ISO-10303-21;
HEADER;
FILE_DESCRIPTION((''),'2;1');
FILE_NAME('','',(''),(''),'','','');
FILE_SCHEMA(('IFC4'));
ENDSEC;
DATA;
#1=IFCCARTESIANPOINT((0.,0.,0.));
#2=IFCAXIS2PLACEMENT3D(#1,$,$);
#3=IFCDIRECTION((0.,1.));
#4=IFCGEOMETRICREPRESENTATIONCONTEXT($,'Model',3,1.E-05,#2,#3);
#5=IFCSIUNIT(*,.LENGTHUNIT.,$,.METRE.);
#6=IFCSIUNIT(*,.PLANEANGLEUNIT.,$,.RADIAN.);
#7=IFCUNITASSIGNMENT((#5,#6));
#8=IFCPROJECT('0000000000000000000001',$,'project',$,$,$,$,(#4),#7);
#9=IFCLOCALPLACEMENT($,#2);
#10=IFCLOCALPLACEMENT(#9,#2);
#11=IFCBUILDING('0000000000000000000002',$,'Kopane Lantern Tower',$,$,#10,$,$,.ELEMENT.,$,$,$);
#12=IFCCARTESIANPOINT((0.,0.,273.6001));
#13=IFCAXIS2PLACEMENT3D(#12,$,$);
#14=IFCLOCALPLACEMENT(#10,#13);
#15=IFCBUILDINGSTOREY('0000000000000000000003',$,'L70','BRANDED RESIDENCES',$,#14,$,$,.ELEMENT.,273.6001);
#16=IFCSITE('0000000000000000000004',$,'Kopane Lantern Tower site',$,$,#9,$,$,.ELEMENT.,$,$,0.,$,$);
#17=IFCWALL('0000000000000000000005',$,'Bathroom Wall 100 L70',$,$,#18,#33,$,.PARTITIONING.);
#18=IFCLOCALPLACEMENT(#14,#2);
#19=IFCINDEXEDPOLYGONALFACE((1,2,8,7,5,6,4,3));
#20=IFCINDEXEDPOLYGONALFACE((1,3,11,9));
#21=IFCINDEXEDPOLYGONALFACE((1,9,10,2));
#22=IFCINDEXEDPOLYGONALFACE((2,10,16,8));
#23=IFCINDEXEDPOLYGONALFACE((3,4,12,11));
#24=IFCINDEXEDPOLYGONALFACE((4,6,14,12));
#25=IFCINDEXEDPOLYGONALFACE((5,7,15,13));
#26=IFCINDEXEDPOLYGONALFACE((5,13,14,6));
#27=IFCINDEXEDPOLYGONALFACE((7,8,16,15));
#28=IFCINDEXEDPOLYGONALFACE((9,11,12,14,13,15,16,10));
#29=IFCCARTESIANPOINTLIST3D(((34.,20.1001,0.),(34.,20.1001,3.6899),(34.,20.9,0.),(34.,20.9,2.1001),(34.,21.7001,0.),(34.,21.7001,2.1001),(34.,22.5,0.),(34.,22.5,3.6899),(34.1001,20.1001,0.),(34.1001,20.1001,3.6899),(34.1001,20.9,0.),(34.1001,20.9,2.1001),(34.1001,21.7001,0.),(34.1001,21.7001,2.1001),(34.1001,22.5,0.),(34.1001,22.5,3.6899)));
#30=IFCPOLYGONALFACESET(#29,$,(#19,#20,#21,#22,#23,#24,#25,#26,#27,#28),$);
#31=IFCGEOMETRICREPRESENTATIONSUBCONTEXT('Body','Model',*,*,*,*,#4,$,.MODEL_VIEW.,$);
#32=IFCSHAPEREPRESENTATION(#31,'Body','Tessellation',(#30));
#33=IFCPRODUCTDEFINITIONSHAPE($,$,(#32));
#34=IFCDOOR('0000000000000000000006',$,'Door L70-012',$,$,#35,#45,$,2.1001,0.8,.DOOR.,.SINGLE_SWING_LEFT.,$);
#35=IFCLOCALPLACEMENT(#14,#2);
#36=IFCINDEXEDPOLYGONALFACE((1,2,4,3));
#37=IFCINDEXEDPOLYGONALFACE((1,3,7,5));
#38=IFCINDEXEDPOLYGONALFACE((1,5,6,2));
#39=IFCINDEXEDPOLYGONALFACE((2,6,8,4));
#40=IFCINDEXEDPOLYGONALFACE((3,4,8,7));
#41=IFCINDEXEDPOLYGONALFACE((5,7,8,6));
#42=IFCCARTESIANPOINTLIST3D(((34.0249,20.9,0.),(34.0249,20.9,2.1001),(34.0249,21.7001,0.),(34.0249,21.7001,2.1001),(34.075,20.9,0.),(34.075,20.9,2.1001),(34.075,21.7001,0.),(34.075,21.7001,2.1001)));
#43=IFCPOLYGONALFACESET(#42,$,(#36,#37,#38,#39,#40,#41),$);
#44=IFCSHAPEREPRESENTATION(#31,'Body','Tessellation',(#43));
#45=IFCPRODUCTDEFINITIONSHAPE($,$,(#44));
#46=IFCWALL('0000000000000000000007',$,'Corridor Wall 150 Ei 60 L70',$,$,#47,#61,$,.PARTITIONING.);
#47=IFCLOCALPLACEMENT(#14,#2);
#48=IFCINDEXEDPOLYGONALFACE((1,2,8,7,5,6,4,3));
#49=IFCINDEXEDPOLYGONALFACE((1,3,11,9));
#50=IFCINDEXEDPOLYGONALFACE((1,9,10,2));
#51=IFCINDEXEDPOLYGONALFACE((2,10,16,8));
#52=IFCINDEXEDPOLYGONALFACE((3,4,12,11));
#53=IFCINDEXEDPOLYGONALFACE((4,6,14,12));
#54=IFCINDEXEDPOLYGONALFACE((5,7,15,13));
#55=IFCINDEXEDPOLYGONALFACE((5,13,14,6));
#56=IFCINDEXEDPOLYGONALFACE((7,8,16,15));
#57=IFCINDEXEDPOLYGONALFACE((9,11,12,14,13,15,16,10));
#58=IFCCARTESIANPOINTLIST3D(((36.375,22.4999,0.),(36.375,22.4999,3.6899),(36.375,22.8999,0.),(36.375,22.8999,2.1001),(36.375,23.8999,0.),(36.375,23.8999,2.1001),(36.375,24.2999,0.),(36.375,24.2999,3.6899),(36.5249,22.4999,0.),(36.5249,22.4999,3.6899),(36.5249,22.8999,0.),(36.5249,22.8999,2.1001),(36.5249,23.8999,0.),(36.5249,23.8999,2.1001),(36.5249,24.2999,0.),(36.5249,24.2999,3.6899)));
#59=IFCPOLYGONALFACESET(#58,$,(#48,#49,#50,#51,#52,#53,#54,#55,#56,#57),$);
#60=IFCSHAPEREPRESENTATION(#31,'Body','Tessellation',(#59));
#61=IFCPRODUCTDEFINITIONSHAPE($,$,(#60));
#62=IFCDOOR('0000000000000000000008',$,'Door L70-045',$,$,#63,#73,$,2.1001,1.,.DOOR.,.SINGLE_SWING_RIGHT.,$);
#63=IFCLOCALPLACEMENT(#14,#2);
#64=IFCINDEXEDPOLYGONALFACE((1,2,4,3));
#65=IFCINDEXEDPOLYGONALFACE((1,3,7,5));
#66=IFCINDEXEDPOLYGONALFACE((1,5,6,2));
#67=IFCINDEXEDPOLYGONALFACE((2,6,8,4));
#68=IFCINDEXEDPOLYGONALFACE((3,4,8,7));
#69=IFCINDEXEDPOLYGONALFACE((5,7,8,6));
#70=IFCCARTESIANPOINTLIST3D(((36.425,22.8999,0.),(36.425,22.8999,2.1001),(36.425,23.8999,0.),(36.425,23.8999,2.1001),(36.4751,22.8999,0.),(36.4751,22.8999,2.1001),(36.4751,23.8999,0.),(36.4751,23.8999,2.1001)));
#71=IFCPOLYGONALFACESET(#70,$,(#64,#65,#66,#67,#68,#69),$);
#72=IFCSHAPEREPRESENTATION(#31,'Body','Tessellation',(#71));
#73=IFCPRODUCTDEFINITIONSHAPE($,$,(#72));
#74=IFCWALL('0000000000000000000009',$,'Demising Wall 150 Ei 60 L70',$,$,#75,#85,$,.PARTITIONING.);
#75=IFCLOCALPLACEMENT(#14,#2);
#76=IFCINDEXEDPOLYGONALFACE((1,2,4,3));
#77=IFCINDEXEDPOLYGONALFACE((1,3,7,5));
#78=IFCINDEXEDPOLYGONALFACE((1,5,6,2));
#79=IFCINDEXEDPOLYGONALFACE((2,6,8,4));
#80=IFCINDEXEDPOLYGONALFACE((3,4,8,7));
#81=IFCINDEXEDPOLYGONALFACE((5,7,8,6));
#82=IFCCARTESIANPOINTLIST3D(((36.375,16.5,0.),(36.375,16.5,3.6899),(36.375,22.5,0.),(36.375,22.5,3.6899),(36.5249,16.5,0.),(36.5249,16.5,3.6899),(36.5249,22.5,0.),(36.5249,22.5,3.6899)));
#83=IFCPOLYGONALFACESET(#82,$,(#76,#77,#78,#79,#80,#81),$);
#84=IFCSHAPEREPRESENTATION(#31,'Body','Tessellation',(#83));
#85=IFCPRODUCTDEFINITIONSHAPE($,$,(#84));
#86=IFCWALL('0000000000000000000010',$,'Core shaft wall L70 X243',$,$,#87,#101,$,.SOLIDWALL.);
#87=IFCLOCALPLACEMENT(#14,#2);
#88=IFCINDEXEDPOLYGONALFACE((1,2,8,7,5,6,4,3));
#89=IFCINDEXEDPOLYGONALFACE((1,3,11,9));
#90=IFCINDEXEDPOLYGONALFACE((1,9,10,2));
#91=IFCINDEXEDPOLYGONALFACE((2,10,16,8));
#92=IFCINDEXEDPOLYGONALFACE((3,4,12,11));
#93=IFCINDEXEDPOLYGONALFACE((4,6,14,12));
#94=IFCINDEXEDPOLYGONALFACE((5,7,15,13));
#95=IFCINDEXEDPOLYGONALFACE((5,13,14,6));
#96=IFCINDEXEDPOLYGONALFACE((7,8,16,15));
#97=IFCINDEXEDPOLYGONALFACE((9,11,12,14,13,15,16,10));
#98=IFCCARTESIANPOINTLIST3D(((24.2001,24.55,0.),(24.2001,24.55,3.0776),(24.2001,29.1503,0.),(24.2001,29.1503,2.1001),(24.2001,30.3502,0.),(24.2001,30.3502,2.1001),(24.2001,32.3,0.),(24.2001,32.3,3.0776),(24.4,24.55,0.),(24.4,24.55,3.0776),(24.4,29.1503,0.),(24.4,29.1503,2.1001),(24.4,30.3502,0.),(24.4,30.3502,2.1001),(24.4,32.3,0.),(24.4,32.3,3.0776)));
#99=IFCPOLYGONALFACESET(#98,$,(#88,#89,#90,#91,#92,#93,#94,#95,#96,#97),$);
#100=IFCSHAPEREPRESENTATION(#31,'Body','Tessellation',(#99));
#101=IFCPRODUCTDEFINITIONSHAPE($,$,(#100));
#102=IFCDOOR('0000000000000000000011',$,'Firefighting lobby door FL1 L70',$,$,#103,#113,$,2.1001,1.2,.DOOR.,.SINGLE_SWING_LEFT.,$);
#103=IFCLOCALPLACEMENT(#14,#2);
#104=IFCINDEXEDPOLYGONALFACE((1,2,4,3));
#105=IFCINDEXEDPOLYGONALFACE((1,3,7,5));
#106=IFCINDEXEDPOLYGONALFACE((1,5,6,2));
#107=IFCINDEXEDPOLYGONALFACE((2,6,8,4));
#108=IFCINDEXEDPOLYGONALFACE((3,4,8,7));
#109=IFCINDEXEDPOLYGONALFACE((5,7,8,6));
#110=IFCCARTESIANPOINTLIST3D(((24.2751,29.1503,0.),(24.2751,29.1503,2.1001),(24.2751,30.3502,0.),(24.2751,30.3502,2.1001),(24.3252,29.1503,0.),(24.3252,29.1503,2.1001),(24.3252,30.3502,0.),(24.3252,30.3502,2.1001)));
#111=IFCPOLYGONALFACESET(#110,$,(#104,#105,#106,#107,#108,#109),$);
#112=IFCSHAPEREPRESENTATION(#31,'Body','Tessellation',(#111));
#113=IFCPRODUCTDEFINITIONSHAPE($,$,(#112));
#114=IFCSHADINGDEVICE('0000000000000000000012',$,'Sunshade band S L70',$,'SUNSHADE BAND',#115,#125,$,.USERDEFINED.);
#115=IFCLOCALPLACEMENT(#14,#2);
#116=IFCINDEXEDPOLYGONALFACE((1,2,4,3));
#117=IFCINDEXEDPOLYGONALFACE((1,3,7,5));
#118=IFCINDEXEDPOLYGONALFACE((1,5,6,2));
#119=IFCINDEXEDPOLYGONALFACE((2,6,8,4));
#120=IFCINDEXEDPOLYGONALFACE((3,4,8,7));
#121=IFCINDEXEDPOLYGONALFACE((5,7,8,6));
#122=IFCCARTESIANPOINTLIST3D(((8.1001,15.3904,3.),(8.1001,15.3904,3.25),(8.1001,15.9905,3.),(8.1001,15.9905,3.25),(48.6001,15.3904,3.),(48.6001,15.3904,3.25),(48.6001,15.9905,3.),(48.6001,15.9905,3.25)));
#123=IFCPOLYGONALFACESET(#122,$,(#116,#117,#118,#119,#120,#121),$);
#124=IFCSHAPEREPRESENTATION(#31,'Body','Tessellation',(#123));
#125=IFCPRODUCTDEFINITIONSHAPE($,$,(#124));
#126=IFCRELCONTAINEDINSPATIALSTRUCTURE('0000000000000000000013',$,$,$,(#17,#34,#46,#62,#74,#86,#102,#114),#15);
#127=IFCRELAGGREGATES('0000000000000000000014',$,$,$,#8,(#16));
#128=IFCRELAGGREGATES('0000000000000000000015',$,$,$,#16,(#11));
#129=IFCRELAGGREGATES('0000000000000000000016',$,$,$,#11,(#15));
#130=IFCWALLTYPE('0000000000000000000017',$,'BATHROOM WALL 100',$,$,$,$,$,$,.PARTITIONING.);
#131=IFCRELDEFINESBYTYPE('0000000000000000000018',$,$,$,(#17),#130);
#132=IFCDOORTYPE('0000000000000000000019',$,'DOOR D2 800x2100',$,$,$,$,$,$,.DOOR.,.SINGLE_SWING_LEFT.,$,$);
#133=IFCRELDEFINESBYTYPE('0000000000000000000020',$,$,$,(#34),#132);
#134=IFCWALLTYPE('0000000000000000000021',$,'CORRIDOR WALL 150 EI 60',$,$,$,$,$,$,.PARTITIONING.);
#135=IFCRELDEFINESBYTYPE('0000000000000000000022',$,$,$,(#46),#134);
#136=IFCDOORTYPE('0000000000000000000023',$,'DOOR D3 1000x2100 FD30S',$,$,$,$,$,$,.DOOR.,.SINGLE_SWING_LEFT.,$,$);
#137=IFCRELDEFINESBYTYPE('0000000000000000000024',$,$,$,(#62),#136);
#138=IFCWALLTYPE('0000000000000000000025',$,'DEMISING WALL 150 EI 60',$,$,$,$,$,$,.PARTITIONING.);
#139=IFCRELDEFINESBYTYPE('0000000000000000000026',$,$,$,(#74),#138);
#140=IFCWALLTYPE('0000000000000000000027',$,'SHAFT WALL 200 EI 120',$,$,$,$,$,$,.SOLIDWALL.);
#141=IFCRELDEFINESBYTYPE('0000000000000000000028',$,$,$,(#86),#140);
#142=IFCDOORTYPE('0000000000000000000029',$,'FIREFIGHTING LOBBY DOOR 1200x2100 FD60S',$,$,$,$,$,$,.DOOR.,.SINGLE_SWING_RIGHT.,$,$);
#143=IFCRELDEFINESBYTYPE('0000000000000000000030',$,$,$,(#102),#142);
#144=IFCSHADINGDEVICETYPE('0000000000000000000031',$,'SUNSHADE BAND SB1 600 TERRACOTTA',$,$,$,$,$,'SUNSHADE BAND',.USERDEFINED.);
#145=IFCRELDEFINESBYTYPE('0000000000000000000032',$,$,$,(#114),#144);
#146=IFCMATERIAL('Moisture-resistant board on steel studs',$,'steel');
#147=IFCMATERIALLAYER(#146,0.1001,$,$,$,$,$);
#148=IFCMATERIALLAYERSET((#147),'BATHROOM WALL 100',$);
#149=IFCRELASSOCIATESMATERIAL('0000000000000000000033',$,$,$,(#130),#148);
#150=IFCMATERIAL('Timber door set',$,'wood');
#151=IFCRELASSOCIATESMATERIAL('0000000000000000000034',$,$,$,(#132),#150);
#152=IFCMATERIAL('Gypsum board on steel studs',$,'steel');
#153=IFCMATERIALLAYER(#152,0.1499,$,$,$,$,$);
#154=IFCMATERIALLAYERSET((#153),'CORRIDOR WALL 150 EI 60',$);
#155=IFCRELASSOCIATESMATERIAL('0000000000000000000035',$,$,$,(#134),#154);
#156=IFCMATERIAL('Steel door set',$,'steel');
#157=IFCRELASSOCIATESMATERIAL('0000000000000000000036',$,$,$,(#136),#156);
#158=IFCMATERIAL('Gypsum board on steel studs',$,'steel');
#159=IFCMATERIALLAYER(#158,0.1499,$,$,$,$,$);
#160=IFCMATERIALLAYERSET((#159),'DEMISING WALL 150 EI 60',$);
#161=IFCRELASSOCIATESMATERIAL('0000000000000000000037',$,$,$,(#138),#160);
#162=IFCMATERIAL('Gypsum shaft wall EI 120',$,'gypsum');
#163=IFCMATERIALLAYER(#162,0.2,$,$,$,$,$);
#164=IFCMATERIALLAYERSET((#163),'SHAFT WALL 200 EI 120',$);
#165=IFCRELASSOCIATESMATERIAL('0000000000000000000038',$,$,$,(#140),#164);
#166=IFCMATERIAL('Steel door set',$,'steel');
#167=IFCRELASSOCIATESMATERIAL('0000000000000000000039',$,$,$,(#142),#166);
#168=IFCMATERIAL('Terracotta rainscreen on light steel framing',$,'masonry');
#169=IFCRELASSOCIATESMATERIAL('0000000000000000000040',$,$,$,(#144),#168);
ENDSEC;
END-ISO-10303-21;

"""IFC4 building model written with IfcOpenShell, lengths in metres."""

from ifc_helpers import new_model, si_unit, direction, frame, frame_2d, origin, origin_2d, place, context, subcontext, project, spatial, rectangle, extrude, material, layer, layer_set, type_object, element, fill, save


model = new_model("IFC4")

# Units and contexts
model_context = context("Model", 3, precision=1e-05, world=origin(), true_north=direction((0.0, 1.0)))
body_context = subcontext(model_context, "Body", "Model", "MODEL_VIEW")
ifc_project = project(units=[si_unit("LENGTHUNIT", "METRE"), si_unit("PLANEANGLEUNIT", "RADIAN")], contexts=[model_context])

# Site, building, storey
site_placement = place(None, origin())
site = spatial("IfcSite", under=ifc_project, at=site_placement, Name="Kopane Lantern Tower site", CompositionType="ELEMENT", RefElevation=0.0)
building_placement = place(site_placement, origin())
building = spatial("IfcBuilding", under=site, at=building_placement, Name="Kopane Lantern Tower", CompositionType="ELEMENT")
storey_placement = place(building_placement, frame((0.0, 0.0, 273.6001)))
storey = spatial("IfcBuildingStorey", under=building, at=storey_placement, Name="L70", Description="BRANDED RESIDENCES", CompositionType="ELEMENT", Elevation=273.6001)

# Walls, openings, doors
ifc_material_1 = material(Name="Moisture-resistant board on steel studs", Category="steel")
ifc_layer_1 = layer(ifc_material_1, 0.1001)
ifc_layer_set_1 = layer_set([ifc_layer_1], Name="BATHROOM WALL 100")
wall_type_1 = type_object("IfcWallType", Name="BATHROOM WALL 100", PredefinedType="PARTITIONING", material=ifc_layer_set_1)
wall_1_placement = place(storey_placement, frame((34.05, 22.5, 0.0), z_axis=(0.0, 0.0, 1.0), x_axis=(0.0, -1.0, 0.0)))
wall_1 = element("IfcWall", 1, at=wall_1_placement, inside=storey, type_object=wall_type_1, Name="Bathroom Wall 100 L70", PredefinedType="PARTITIONING", context=body_context, shape_type="SweptSolid", body=[
    extrude(rectangle(XDim=2.3999, YDim=0.1001, at=frame_2d((1.2, 0.0))), origin(), (0.0, 0.0, 1.0), 3.6899),
])
opening_1_placement = place(wall_1_placement, frame((0.8, 0.0, 0.0)))
opening_1 = element("IfcOpeningElement", 2, at=opening_1_placement, cuts=wall_1, PredefinedType="OPENING", context=body_context, shape_type="SweptSolid", body=[
    extrude(rectangle(XDim=0.8, YDim=2.1001, at=frame_2d((0.3999, 1.05))), frame((0.0, 0.0601, 0.0), z_axis=(0.0, -1.0, 0.0), x_axis=(1.0, 0.0, 0.0)), (0.0, 0.0, 1.0), 0.1201),
])
ifc_material_2 = material(Name="Timber door set", Category="wood")
door_type_1 = type_object("IfcDoorType", Name="DOOR D2 800x2100", OperationType="SINGLE_SWING_LEFT", PredefinedType="DOOR", material=ifc_material_2)
door_1_placement = place(opening_1_placement, origin())
door_1 = element("IfcDoor", 3, at=door_1_placement, inside=storey, type_object=door_type_1, Name="Door L70-012", OperationType="SINGLE_SWING_LEFT", OverallHeight=2.1001, OverallWidth=0.8, PredefinedType="DOOR", context=body_context, shape_type="SweptSolid", body=[
    extrude(rectangle(XDim=0.8, YDim=2.1001, at=frame_2d((0.3999, 1.05))), frame((0.0, 0.0249, 0.0), z_axis=(0.0, -1.0, 0.0), x_axis=(1.0, 0.0, 0.0)), (0.0, 0.0, 1.0), 0.05),
])
fill(opening_1, door_1)
ifc_material_3 = material(Name="Gypsum board on steel studs", Category="steel")
ifc_layer_2 = layer(ifc_material_3, 0.1499)
ifc_layer_set_2 = layer_set([ifc_layer_2], Name="CORRIDOR WALL 150 EI 60")
wall_type_2 = type_object("IfcWallType", Name="CORRIDOR WALL 150 EI 60", PredefinedType="PARTITIONING", material=ifc_layer_set_2)
wall_2_placement = place(storey_placement, frame((36.45, 22.5, 0.0), z_axis=(0.0, 0.0, 1.0), x_axis=(0.0, 1.0, 0.0)))
wall_2 = element("IfcWall", 4, at=wall_2_placement, inside=storey, type_object=wall_type_2, Name="Corridor Wall 150 Ei 60 L70", PredefinedType="PARTITIONING", context=body_context, shape_type="SweptSolid", body=[
    extrude(rectangle(XDim=1.8, YDim=0.1499, at=frame_2d((0.8999, 0.0))), origin(), (0.0, 0.0, 1.0), 3.6899),
])
opening_2_placement = place(wall_2_placement, frame((0.3999, 0.0, 0.0)))
opening_2 = element("IfcOpeningElement", 5, at=opening_2_placement, cuts=wall_2, PredefinedType="OPENING", context=body_context, shape_type="SweptSolid", body=[
    extrude(rectangle(XDim=1.0, YDim=2.1001, at=frame_2d((0.5, 1.05))), frame((0.0, 0.085, 0.0), z_axis=(0.0, -1.0, 0.0), x_axis=(1.0, 0.0, 0.0)), (0.0, 0.0, 1.0), 0.1699),
])
ifc_material_4 = material(Name="Steel door set", Category="steel")
door_type_2 = type_object("IfcDoorType", Name="DOOR D3 1000x2100 FD30S", OperationType="SINGLE_SWING_LEFT", PredefinedType="DOOR", material=ifc_material_4)
door_2_placement = place(opening_2_placement, origin())
door_2 = element("IfcDoor", 6, at=door_2_placement, inside=storey, type_object=door_type_2, Name="Door L70-045", OperationType="SINGLE_SWING_RIGHT", OverallHeight=2.1001, OverallWidth=1.0, PredefinedType="DOOR", context=body_context, shape_type="SweptSolid", body=[
    extrude(rectangle(XDim=1.0, YDim=2.1001, at=frame_2d((0.5, 1.05))), frame((0.0, 0.0249, 0.0), z_axis=(0.0, -1.0, 0.0), x_axis=(1.0, 0.0, 0.0)), (0.0, 0.0, 1.0), 0.05),
])
fill(opening_2, door_2)

# Wall
ifc_material_5 = material(Name="Gypsum board on steel studs", Category="steel")
ifc_layer_3 = layer(ifc_material_5, 0.1499)
ifc_layer_set_3 = layer_set([ifc_layer_3], Name="DEMISING WALL 150 EI 60")
wall_type_3 = type_object("IfcWallType", Name="DEMISING WALL 150 EI 60", PredefinedType="PARTITIONING", material=ifc_layer_set_3)
wall_3_placement = place(storey_placement, frame((36.45, 16.5, 0.0), z_axis=(0.0, 0.0, 1.0), x_axis=(0.0, 1.0, 0.0)))
element("IfcWall", 7, at=wall_3_placement, inside=storey, type_object=wall_type_3, Name="Demising Wall 150 Ei 60 L70", PredefinedType="PARTITIONING", context=body_context, shape_type="SweptSolid", body=[
    extrude(rectangle(XDim=6.0, YDim=0.1499, at=frame_2d((3.0, 0.0))), origin(), (0.0, 0.0, 1.0), 3.6899),
])

# Wall, opening, door
ifc_material_6 = material(Name="Gypsum shaft wall EI 120", Category="gypsum")
ifc_layer_4 = layer(ifc_material_6, 0.2)
ifc_layer_set_4 = layer_set([ifc_layer_4], Name="SHAFT WALL 200 EI 120")
wall_type_4 = type_object("IfcWallType", Name="SHAFT WALL 200 EI 120", PredefinedType="SOLIDWALL", material=ifc_layer_set_4)
wall_4_placement = place(storey_placement, frame((24.3, 24.55, 0.0), z_axis=(0.0, 0.0, 1.0), x_axis=(0.0, 1.0, 0.0)))
wall_4 = element("IfcWall", 8, at=wall_4_placement, inside=storey, type_object=wall_type_4, Name="Core shaft wall L70 X243", PredefinedType="SOLIDWALL", context=body_context, shape_type="SweptSolid", body=[
    extrude(rectangle(XDim=7.75, YDim=0.2, at=frame_2d((3.875, 0.0))), origin(), (0.0, 0.0, 1.0), 3.0776),
])
opening_3_placement = place(wall_4_placement, frame((4.6001, 0.0, 0.0)))
opening_3 = element("IfcOpeningElement", 9, at=opening_3_placement, cuts=wall_4, PredefinedType="OPENING", context=body_context, shape_type="SweptSolid", body=[
    extrude(rectangle(XDim=1.2, YDim=2.1001, at=frame_2d((0.6001, 1.05))), frame((0.0, 0.1099, 0.0), z_axis=(0.0, -1.0, 0.0), x_axis=(1.0, 0.0, 0.0)), (0.0, 0.0, 1.0), 0.22),
])
ifc_material_7 = material(Name="Steel door set", Category="steel")
door_type_3 = type_object("IfcDoorType", Name="FIREFIGHTING LOBBY DOOR 1200x2100 FD60S", OperationType="SINGLE_SWING_RIGHT", PredefinedType="DOOR", material=ifc_material_7)
door_3_placement = place(opening_3_placement, origin())
door_3 = element("IfcDoor", 10, at=door_3_placement, inside=storey, type_object=door_type_3, Name="Firefighting lobby door FL1 L70", OperationType="SINGLE_SWING_LEFT", OverallHeight=2.1001, OverallWidth=1.2, PredefinedType="DOOR", context=body_context, shape_type="SweptSolid", body=[
    extrude(rectangle(XDim=1.2, YDim=2.1001, at=frame_2d((0.6001, 1.05))), frame((0.0, 0.0249, 0.0), z_axis=(0.0, -1.0, 0.0), x_axis=(1.0, 0.0, 0.0)), (0.0, 0.0, 1.0), 0.05),
])
fill(opening_3, door_3)

# Shading device
ifc_material_8 = material(Name="Terracotta rainscreen on light steel framing", Category="masonry")
shading_device_type = type_object("IfcShadingDeviceType", Name="SUNSHADE BAND SB1 600 TERRACOTTA", ElementType="SUNSHADE BAND", PredefinedType="USERDEFINED", material=ifc_material_8)
shading_device_placement = place(storey_placement, frame((28.3501, 15.6904, 3.0), z_axis=(0.0, 0.0, 1.0), x_axis=(1.0, 0.0, 0.0)))
element("IfcShadingDevice", 11, at=shading_device_placement, inside=storey, type_object=shading_device_type, Name="Sunshade band S L70", ObjectType="SUNSHADE BAND", PredefinedType="USERDEFINED", context=body_context, shape_type="SweptSolid", body=[
    extrude(rectangle(XDim=40.5, YDim=0.6001, at=origin_2d()), origin(), (0.0, 0.0, 1.0), 0.25),
])

save(model, "model.ifc")
